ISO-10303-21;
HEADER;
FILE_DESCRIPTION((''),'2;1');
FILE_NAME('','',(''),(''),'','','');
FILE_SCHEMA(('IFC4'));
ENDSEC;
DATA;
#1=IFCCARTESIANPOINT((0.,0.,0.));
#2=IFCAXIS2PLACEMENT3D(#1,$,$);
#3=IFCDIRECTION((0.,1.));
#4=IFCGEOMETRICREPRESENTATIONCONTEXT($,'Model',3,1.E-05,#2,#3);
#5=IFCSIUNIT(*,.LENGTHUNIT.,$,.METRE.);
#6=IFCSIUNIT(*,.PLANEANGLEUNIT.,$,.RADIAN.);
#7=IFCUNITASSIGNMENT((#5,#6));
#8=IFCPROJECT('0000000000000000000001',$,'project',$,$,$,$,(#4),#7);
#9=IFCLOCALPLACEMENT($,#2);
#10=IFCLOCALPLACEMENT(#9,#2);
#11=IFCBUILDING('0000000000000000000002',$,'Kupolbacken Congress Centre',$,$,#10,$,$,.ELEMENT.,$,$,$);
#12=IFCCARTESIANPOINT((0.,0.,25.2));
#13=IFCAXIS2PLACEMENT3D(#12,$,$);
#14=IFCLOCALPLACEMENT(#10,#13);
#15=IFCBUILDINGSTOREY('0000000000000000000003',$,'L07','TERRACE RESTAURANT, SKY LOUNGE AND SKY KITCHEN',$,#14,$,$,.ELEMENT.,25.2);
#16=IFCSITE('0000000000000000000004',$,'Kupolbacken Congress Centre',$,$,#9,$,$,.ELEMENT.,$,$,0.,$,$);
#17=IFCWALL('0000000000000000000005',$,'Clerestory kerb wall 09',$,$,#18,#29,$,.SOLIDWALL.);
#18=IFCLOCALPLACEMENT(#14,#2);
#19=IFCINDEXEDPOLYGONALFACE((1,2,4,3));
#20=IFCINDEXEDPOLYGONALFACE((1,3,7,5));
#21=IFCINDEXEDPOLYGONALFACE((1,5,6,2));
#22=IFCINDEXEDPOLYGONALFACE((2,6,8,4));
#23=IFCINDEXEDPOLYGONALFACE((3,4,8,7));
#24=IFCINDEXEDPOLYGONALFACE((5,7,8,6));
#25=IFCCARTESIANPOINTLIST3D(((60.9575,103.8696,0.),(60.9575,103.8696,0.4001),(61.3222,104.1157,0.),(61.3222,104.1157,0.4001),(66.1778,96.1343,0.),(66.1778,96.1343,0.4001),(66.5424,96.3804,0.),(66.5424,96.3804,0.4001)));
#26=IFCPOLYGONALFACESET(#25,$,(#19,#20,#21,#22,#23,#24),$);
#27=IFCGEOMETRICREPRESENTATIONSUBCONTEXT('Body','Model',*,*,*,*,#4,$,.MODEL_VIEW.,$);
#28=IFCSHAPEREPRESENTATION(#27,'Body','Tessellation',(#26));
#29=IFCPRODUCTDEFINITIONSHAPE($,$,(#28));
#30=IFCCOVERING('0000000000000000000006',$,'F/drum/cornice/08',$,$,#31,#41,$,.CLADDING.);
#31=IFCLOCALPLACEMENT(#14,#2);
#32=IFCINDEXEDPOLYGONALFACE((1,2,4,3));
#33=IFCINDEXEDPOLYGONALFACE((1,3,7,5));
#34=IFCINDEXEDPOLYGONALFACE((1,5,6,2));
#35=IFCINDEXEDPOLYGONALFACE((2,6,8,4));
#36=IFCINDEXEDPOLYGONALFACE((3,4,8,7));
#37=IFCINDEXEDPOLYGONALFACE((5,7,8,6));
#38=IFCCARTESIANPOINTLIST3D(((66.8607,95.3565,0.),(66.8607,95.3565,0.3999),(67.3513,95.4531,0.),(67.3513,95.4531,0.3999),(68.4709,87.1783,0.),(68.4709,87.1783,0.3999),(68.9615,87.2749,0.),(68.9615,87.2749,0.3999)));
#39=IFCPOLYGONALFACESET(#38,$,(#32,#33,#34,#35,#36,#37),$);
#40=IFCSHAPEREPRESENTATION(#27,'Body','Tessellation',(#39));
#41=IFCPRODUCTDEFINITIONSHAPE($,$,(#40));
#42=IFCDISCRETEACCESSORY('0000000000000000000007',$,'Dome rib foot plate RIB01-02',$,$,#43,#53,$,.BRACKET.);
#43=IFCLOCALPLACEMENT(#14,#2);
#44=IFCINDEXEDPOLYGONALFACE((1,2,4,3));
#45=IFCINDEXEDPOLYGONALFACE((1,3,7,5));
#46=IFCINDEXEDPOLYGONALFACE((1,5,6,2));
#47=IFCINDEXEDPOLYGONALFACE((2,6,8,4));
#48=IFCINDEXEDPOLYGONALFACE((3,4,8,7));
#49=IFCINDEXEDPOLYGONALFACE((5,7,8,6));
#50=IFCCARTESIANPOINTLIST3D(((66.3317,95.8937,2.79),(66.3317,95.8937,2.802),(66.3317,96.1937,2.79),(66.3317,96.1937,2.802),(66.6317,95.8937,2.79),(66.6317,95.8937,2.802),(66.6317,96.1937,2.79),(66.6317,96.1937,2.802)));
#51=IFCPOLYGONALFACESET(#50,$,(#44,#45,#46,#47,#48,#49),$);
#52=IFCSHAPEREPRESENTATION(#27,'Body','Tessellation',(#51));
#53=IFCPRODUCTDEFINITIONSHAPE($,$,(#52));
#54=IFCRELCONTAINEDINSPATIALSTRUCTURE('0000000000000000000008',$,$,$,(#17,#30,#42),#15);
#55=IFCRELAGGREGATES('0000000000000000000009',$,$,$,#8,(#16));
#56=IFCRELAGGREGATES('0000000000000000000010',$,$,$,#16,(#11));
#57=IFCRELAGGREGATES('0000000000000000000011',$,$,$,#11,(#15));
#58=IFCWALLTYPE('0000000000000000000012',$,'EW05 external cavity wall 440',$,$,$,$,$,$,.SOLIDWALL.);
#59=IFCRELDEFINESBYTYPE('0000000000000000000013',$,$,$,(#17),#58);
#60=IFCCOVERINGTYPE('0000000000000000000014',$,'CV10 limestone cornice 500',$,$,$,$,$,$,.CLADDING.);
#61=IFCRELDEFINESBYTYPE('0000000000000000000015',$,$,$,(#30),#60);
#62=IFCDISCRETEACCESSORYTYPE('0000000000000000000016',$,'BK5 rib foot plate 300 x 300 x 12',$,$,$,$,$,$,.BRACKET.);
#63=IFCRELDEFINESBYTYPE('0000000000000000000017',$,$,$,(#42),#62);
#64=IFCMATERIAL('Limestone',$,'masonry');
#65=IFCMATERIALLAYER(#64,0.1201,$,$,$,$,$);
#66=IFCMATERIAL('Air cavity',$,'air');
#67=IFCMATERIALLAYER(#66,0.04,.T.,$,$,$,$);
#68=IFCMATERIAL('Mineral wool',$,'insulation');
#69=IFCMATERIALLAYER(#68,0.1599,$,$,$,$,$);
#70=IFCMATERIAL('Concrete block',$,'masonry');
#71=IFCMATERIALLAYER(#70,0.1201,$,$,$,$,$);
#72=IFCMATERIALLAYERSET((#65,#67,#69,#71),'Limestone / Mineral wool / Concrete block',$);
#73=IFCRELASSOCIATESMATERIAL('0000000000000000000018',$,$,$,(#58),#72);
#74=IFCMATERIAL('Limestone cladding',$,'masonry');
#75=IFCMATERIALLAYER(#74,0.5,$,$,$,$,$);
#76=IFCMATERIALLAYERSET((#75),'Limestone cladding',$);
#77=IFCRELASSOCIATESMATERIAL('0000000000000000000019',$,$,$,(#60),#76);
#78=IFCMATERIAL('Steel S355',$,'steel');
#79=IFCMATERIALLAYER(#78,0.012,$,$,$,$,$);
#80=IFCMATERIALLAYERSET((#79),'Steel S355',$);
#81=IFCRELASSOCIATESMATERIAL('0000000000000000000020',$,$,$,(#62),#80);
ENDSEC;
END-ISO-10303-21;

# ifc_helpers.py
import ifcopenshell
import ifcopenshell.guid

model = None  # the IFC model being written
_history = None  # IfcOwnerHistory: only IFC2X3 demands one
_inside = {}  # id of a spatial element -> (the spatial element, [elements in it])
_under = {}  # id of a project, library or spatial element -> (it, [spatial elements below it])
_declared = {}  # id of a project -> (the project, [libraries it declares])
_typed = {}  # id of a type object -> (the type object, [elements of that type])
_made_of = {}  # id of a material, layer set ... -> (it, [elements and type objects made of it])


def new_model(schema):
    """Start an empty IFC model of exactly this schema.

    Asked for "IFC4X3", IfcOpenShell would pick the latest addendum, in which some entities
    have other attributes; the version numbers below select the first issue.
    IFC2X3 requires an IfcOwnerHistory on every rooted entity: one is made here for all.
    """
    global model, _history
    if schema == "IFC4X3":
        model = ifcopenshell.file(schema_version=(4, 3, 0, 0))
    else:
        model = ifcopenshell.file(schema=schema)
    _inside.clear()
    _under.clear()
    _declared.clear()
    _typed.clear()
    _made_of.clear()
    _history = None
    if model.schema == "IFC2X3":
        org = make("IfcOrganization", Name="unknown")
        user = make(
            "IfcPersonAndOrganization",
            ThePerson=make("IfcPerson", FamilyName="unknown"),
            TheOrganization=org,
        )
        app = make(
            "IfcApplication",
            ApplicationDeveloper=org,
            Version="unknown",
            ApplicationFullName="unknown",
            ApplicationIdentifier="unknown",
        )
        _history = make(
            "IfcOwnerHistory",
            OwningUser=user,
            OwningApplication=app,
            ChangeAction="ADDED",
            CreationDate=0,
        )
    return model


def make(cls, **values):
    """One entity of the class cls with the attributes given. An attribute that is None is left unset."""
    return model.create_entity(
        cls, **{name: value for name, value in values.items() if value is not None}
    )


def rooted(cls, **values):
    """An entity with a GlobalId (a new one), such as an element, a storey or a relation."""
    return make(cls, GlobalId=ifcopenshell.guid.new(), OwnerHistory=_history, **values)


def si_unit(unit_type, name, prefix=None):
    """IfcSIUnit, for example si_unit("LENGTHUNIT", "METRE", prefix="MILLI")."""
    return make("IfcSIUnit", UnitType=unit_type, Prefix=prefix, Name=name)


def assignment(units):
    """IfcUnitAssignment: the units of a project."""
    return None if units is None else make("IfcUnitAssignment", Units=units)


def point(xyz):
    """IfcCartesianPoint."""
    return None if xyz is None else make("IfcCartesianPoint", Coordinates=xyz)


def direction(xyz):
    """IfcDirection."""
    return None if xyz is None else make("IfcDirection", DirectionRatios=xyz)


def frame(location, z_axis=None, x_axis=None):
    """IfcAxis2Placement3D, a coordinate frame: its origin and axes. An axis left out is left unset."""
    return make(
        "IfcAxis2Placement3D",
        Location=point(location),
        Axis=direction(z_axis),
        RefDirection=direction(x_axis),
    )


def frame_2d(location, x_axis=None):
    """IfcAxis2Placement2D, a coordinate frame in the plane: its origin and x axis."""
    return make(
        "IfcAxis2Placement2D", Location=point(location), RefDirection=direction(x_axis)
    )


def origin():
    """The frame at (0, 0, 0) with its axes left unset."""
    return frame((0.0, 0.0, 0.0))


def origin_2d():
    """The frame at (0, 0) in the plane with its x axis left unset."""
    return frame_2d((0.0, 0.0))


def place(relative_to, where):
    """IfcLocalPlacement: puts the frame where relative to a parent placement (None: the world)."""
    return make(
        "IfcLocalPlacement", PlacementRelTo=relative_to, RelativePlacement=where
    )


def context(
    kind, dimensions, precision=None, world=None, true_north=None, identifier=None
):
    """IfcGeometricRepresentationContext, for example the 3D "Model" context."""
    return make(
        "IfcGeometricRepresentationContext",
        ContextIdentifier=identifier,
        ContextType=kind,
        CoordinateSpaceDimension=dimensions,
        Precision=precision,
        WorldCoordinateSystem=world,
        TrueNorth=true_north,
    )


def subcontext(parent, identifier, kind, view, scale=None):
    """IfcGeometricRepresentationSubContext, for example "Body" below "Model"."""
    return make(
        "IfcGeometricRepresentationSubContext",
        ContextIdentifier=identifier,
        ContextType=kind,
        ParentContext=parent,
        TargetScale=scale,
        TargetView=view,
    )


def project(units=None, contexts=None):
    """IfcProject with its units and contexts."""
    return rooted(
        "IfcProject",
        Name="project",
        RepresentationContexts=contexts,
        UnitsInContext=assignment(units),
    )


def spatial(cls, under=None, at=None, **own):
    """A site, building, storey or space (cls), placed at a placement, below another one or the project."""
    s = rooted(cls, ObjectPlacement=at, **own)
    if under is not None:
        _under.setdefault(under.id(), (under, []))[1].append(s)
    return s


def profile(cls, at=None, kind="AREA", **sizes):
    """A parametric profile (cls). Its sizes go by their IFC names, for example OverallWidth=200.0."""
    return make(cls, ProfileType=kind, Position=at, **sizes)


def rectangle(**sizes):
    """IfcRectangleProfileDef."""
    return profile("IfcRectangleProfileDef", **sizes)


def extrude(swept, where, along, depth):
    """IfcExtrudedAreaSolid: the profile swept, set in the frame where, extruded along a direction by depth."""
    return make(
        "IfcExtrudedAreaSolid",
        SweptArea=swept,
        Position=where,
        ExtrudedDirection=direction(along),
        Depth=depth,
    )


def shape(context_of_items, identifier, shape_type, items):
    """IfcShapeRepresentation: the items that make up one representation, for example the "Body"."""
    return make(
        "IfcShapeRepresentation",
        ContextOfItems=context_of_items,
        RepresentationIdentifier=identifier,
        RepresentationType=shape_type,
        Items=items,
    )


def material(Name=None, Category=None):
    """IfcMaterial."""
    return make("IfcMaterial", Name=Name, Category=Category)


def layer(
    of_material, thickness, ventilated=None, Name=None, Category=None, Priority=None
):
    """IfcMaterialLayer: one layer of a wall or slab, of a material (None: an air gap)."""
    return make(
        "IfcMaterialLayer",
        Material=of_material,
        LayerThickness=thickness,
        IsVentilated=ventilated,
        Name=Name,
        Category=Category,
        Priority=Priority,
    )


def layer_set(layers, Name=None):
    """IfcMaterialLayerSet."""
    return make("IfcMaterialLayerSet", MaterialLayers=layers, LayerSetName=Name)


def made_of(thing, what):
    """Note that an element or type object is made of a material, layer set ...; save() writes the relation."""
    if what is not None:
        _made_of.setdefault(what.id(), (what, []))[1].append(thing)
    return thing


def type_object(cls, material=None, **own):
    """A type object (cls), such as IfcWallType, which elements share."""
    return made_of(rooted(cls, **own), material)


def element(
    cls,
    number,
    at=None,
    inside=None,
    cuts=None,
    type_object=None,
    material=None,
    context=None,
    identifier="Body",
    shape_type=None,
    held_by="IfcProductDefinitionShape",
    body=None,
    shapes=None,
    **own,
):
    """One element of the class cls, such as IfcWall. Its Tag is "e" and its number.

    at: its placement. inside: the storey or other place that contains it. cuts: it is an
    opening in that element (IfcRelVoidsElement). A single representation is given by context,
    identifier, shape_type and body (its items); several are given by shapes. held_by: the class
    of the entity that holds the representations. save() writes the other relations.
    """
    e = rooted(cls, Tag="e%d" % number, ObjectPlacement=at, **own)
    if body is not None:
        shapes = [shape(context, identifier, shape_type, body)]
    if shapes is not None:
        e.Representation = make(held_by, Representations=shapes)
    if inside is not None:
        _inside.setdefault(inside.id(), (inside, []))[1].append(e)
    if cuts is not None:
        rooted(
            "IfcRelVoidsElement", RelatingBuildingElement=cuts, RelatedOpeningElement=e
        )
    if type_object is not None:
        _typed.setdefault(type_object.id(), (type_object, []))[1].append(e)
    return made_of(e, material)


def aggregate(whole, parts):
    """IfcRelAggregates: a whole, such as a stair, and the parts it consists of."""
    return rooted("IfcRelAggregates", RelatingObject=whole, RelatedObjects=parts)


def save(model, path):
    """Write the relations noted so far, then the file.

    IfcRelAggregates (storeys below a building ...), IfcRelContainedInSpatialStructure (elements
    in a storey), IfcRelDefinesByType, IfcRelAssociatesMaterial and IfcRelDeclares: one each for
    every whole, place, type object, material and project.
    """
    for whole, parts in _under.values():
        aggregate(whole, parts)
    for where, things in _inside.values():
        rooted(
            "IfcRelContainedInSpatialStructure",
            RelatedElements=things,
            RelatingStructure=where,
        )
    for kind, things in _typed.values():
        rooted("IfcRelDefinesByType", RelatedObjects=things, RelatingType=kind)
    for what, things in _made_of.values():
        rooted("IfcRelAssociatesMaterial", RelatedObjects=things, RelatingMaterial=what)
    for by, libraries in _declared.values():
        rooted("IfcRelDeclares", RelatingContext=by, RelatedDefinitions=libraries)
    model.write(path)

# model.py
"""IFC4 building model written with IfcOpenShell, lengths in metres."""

from ifc_helpers import new_model, si_unit, direction, frame, frame_2d, origin, origin_2d, place, context, subcontext, project, spatial, rectangle, extrude, material, layer, layer_set, type_object, element, save


model = new_model("IFC4")

# Units and contexts
model_context = context("Model", 3, precision=1e-05, world=origin(), true_north=direction((0.0, 1.0)))
body_context = subcontext(model_context, "Body", "Model", "MODEL_VIEW")
ifc_project = project(units=[si_unit("LENGTHUNIT", "METRE"), si_unit("PLANEANGLEUNIT", "RADIAN")], contexts=[model_context])

# Site, building, storey
site_placement = place(None, origin())
site = spatial("IfcSite", under=ifc_project, at=site_placement, Name="Kupolbacken Congress Centre", CompositionType="ELEMENT", RefElevation=0.0)
building_placement = place(site_placement, origin())
building = spatial("IfcBuilding", under=site, at=building_placement, Name="Kupolbacken Congress Centre", CompositionType="ELEMENT")
storey_placement = place(building_placement, frame((0.0, 0.0, 25.2)))
storey = spatial("IfcBuildingStorey", under=building, at=storey_placement, Name="L07", Description="TERRACE RESTAURANT, SKY LOUNGE AND SKY KITCHEN", CompositionType="ELEMENT", Elevation=25.2)

# Wall
ifc_material_1 = material(Name="Limestone", Category="masonry")
ifc_layer_1 = layer(ifc_material_1, 0.1201)
ifc_material_2 = material(Name="Air cavity", Category="air")
ifc_layer_2 = layer(ifc_material_2, 0.04, ventilated=True)
ifc_material_3 = material(Name="Mineral wool", Category="insulation")
ifc_layer_3 = layer(ifc_material_3, 0.1599)
ifc_material_4 = material(Name="Concrete block", Category="masonry")
ifc_layer_4 = layer(ifc_material_4, 0.1201)
ifc_layer_set_1 = layer_set([ifc_layer_1, ifc_layer_2, ifc_layer_3, ifc_layer_4], Name="Limestone / Mineral wool / Concrete block")
wall_type = type_object("IfcWallType", Name="EW05 external cavity wall 440", PredefinedType="SOLIDWALL", material=ifc_layer_set_1)
wall_placement = place(storey_placement, frame((66.3601, 96.2573, 0.0), z_axis=(0.0, 0.0, 1.0), x_axis=(-0.559388, 0.828906, 0.0)))
element("IfcWall", 1, at=wall_placement, inside=storey, type_object=wall_type, Name="Clerestory kerb wall 09", PredefinedType="SOLIDWALL", context=body_context, shape_type="SweptSolid", body=[
    extrude(rectangle(XDim=9.332, YDim=0.4399, at=frame_2d((4.666, 0.0))), origin(), (0.0, 0.0, 1.0), 0.4001),
])

# Covering
ifc_material_5 = material(Name="Limestone cladding", Category="masonry")
ifc_layer_5 = layer(ifc_material_5, 0.5)
ifc_layer_set_2 = layer_set([ifc_layer_5], Name="Limestone cladding")
covering_type = type_object("IfcCoveringType", Name="CV10 limestone cornice 500", PredefinedType="CLADDING", material=ifc_layer_set_2)
covering_placement = place(storey_placement, frame((67.9111, 91.3157, 0.0), z_axis=(0.0, 0.0, 1.0), x_axis=(-0.193182, 0.981163, 0.0)))
element("IfcCovering", 2, at=covering_placement, inside=storey, type_object=covering_type, Name="F/drum/cornice/08", PredefinedType="CLADDING", context=body_context, shape_type="SweptSolid", body=[
    extrude(rectangle(XDim=8.3352, YDim=0.5, at=origin_2d()), origin(), (0.0, 0.0, 1.0), 0.3999),
])

# Discrete accessory
ifc_material_6 = material(Name="Steel S355", Category="steel")
ifc_layer_6 = layer(ifc_material_6, 0.012)
ifc_layer_set_3 = layer_set([ifc_layer_6], Name="Steel S355")
discrete_accessory_type = type_object("IfcDiscreteAccessoryType", Name="BK5 rib foot plate 300 x 300 x 12", PredefinedType="BRACKET", material=ifc_layer_set_3)
discrete_accessory_placement = place(storey_placement, frame((66.4817, 96.0437, 2.79), z_axis=(0.0, 0.0, 1.0), x_axis=(1.0, 0.0, 0.0)))
element("IfcDiscreteAccessory", 3, at=discrete_accessory_placement, inside=storey, type_object=discrete_accessory_type, Name="Dome rib foot plate RIB01-02", PredefinedType="BRACKET", context=body_context, shape_type="SweptSolid", body=[
    extrude(rectangle(XDim=0.3, YDim=0.3, at=origin_2d()), origin(), (0.0, 0.0, 1.0), 0.012),
])

save(model, "model.ifc")
